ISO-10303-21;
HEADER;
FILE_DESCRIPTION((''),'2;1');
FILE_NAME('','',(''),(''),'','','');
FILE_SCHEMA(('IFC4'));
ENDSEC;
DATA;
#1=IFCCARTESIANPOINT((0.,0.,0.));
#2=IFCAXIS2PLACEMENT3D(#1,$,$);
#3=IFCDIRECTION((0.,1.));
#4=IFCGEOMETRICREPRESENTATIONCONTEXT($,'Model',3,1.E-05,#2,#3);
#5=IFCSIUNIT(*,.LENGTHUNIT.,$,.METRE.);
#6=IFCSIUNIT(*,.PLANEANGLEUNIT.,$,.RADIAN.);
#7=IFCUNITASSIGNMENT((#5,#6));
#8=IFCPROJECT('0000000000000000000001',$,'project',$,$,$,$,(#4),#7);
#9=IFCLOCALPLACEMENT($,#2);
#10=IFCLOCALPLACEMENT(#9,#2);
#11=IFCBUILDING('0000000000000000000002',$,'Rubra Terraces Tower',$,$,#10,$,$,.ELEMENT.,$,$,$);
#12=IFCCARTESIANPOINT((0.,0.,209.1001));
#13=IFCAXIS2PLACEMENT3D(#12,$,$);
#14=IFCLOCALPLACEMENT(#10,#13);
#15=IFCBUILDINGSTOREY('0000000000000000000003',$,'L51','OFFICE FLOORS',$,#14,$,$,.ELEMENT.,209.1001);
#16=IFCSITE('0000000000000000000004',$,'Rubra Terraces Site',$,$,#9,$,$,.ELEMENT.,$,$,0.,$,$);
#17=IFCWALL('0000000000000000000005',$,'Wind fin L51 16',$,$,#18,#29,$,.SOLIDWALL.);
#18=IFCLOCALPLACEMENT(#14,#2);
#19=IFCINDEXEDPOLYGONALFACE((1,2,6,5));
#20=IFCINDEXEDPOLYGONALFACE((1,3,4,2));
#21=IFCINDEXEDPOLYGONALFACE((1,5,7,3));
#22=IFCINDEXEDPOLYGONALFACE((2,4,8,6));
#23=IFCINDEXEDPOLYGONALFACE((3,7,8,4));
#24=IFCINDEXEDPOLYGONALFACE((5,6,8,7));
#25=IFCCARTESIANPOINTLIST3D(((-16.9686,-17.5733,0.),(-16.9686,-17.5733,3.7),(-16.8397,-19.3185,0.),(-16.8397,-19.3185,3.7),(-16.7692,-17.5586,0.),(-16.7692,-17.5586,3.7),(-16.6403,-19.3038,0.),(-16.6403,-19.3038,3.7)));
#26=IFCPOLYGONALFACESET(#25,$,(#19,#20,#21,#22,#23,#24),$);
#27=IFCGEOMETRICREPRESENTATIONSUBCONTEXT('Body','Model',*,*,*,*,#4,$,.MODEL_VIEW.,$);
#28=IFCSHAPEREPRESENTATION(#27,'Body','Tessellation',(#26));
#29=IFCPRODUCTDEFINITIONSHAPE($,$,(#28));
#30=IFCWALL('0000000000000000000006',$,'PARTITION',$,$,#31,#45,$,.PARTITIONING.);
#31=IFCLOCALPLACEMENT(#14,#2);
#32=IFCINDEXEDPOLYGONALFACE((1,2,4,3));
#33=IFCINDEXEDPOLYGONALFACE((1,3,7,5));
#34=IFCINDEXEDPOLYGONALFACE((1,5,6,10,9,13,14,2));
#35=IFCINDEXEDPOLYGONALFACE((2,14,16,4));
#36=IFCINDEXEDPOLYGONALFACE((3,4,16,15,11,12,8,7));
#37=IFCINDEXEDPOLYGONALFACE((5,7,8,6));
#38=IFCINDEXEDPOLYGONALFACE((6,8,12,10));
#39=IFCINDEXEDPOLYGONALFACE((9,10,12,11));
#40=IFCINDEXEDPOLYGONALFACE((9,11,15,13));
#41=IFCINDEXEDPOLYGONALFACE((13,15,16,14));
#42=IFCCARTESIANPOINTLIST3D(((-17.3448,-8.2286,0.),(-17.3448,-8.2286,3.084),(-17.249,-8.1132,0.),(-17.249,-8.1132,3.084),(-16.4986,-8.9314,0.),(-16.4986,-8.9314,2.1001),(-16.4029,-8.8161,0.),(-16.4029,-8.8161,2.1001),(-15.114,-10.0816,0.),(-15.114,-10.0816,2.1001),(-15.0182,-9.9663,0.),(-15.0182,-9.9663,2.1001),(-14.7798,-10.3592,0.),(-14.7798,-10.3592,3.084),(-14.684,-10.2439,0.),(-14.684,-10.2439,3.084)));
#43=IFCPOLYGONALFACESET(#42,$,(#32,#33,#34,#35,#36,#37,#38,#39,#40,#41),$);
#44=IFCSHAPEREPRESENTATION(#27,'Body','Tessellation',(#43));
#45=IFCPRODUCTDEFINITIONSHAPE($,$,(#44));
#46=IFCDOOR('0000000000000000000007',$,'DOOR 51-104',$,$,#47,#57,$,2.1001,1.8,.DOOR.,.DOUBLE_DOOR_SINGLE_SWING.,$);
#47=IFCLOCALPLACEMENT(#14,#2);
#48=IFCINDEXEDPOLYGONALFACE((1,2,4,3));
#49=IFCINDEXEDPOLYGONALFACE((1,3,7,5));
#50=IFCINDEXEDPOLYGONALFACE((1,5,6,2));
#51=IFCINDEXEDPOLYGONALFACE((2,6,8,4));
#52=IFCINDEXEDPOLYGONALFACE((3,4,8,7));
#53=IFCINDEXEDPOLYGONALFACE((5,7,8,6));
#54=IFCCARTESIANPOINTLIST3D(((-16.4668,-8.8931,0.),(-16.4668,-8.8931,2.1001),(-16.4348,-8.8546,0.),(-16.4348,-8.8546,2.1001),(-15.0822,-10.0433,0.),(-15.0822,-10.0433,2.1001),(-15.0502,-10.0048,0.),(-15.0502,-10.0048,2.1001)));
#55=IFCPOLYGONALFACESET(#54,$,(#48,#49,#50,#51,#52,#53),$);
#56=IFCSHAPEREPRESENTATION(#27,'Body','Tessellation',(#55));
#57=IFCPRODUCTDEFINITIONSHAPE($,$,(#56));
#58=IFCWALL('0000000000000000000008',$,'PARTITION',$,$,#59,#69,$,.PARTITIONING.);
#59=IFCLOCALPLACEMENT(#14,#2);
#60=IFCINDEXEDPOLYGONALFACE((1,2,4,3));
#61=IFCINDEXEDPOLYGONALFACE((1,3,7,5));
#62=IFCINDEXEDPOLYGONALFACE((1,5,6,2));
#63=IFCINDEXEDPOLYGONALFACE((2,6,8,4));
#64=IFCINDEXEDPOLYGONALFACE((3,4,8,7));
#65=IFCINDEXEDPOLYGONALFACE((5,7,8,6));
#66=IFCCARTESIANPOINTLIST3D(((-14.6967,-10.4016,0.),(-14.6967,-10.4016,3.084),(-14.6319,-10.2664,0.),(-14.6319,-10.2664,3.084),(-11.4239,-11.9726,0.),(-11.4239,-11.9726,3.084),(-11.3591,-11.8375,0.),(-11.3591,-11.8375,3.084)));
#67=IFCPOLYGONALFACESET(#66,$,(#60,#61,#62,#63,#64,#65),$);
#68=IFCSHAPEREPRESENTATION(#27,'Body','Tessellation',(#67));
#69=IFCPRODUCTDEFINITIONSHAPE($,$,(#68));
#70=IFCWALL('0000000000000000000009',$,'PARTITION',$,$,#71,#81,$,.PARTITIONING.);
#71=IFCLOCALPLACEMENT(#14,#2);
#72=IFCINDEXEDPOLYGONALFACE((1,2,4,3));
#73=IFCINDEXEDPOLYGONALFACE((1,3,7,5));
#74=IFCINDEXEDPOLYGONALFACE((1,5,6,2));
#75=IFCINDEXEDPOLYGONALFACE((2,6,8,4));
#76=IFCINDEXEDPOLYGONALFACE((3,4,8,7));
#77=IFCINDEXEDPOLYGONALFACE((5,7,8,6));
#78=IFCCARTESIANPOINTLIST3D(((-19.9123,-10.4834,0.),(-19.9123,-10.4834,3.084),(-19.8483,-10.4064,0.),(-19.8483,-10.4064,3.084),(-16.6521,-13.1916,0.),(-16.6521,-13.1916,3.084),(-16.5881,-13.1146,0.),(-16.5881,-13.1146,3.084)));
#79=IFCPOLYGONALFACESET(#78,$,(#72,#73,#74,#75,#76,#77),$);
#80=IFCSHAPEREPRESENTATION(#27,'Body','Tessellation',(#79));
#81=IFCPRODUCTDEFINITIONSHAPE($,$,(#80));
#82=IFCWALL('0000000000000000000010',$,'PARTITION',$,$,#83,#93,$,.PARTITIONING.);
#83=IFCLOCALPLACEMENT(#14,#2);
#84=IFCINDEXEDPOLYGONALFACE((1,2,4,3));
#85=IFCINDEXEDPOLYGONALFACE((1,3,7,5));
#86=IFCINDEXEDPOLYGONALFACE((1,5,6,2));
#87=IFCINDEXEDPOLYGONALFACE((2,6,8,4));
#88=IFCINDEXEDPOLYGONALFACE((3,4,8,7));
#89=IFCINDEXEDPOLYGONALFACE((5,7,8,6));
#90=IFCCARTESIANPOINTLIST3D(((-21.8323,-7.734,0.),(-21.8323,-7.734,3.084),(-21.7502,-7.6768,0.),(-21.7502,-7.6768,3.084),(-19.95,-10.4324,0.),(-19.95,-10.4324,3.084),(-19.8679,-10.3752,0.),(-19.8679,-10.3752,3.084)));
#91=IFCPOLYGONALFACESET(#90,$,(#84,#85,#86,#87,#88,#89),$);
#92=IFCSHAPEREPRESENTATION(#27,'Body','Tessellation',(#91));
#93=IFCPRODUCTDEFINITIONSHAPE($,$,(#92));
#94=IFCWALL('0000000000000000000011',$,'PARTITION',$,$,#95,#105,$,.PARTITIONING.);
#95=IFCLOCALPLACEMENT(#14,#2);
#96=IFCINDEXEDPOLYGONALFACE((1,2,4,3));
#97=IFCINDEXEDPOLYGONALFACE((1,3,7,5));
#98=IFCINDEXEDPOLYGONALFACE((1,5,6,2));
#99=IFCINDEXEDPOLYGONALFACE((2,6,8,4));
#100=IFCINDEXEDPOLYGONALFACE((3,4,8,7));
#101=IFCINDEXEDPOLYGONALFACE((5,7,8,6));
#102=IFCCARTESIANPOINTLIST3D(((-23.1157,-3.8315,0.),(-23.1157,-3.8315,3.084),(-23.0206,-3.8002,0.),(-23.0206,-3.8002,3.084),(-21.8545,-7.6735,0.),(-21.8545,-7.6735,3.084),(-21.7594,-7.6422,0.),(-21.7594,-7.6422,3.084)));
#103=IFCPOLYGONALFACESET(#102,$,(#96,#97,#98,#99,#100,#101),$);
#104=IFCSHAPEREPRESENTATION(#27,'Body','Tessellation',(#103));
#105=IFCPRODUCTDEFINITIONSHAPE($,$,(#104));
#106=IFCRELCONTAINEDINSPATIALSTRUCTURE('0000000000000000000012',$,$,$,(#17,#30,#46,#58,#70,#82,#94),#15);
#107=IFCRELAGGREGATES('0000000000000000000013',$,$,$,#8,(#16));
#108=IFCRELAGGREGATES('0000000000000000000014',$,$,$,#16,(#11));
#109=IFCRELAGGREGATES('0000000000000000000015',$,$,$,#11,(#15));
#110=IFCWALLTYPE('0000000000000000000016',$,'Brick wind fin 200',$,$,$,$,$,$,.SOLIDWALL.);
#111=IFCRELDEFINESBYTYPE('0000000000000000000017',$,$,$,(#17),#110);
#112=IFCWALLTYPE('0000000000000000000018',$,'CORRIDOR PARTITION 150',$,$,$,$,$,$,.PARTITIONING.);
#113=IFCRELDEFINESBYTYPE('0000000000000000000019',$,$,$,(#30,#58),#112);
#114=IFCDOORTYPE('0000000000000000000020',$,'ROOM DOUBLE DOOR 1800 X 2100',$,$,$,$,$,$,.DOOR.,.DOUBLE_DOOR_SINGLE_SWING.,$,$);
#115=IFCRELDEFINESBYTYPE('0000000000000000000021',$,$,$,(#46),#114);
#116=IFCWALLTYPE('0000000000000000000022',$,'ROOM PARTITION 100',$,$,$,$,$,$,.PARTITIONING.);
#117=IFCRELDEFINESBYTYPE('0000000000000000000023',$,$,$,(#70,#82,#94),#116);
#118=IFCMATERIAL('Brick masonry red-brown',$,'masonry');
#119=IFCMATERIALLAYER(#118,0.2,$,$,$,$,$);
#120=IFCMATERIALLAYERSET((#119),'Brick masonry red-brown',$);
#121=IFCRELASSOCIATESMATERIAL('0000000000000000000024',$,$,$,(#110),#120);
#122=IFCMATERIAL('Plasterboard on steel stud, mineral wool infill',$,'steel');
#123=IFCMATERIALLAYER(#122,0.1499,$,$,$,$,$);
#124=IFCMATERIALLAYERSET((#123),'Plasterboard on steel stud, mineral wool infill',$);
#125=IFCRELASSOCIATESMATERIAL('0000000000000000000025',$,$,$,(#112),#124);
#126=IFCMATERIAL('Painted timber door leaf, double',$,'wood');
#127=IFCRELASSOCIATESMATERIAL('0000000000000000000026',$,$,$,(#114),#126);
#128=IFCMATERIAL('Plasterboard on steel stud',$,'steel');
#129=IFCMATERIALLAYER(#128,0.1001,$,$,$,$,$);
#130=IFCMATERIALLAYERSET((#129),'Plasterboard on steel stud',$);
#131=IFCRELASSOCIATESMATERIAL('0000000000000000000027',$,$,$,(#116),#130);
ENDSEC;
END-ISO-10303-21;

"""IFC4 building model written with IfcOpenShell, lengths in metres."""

from ifc_helpers import new_model, si_unit, direction, frame, frame_2d, origin, place, context, subcontext, project, spatial, rectangle, extrude, material, layer, layer_set, type_object, element, fill, save


model = new_model("IFC4")

# Units and contexts
model_context = context("Model", 3, precision=1e-05, world=origin(), true_north=direction((0.0, 1.0)))
body_context = subcontext(model_context, "Body", "Model", "MODEL_VIEW")
ifc_project = project(units=[si_unit("LENGTHUNIT", "METRE"), si_unit("PLANEANGLEUNIT", "RADIAN")], contexts=[model_context])

# Site, building, storey
site_placement = place(None, origin())
site = spatial("IfcSite", under=ifc_project, at=site_placement, Name="Rubra Terraces Site", CompositionType="ELEMENT", RefElevation=0.0)
building_placement = place(site_placement, origin())
building = spatial("IfcBuilding", under=site, at=building_placement, Name="Rubra Terraces Tower", CompositionType="ELEMENT")
storey_placement = place(building_placement, frame((0.0, 0.0, 209.1001)))
storey = spatial("IfcBuildingStorey", under=building, at=storey_placement, Name="L51", Description="OFFICE FLOORS", CompositionType="ELEMENT", Elevation=209.1001)

# Shared definitions
ifc_material_1 = material(Name="Brick masonry red-brown", Category="masonry")

# Wall
ifc_layer_1 = layer(ifc_material_1, 0.2)
ifc_layer_set_1 = layer_set([ifc_layer_1], Name="Brick masonry red-brown")
wall_type_1 = type_object("IfcWallType", Name="Brick wind fin 200", PredefinedType="SOLIDWALL", material=ifc_layer_set_1)
wall_1_placement = place(storey_placement, frame((-16.8689, -17.5659, 0.0), z_axis=(0.0, 0.0, 1.0), x_axis=(0.073656, -0.997284, 0.0)))
element("IfcWall", 1, at=wall_1_placement, inside=storey, type_object=wall_type_1, Name="Wind fin L51 16", PredefinedType="SOLIDWALL", context=body_context, shape_type="SweptSolid", body=[
    extrude(rectangle(XDim=1.75, YDim=0.2, at=frame_2d((0.875, 0.0))), origin(), (0.0, 0.0, 1.0), 3.7),
])

# Wall, opening, door
ifc_material_2 = material(Name="Plasterboard on steel stud, mineral wool infill", Category="steel")
ifc_layer_2 = layer(ifc_material_2, 0.1499)
ifc_layer_set_2 = layer_set([ifc_layer_2], Name="Plasterboard on steel stud, mineral wool infill")
wall_type_2 = type_object("IfcWallType", Name="CORRIDOR PARTITION 150", PredefinedType="PARTITIONING", material=ifc_layer_set_2)
wall_2_placement = place(storey_placement, frame((-17.2969, -8.1709, 0.0), z_axis=(0.0, 0.0, 1.0), x_axis=(0.769229, -0.638974, 0.0)))
wall_2 = element("IfcWall", 2, at=wall_2_placement, inside=storey, type_object=wall_type_2, Name="PARTITION", PredefinedType="PARTITIONING", context=body_context, shape_type="SweptSolid", body=[
    extrude(rectangle(XDim=3.3345, YDim=0.1499, at=frame_2d((1.6672, 0.0))), origin(), (0.0, 0.0, 1.0), 3.084),
])
opening_1_placement = place(wall_2_placement, frame((1.1001, 0.0, 0.0)))
opening_1 = element("IfcOpeningElement", 3, at=opening_1_placement, cuts=wall_2, PredefinedType="OPENING", context=body_context, shape_type="SweptSolid", body=[
    extrude(rectangle(XDim=1.8, YDim=2.1001, at=frame_2d((0.8999, 1.05))), frame((0.0, 0.085, 0.0), z_axis=(0.0, -1.0, 0.0), x_axis=(1.0, 0.0, 0.0)), (0.0, 0.0, 1.0), 0.1699),
])
ifc_material_3 = material(Name="Painted timber door leaf, double", Category="wood")
door_type = type_object("IfcDoorType", Name="ROOM DOUBLE DOOR 1800 X 2100", OperationType="DOUBLE_DOOR_SINGLE_SWING", PredefinedType="DOOR", material=ifc_material_3)
door_placement = place(opening_1_placement, origin())
door = element("IfcDoor", 4, at=door_placement, inside=storey, type_object=door_type, Name="DOOR 51-104", OperationType="DOUBLE_DOOR_SINGLE_SWING", OverallHeight=2.1001, OverallWidth=1.8, PredefinedType="DOOR", context=body_context, shape_type="SweptSolid", body=[
    extrude(rectangle(XDim=1.8, YDim=2.1001, at=frame_2d((0.8999, 1.05))), frame((0.0, 0.0249, 0.0), z_axis=(0.0, -1.0, 0.0), x_axis=(1.0, 0.0, 0.0)), (0.0, 0.0, 1.0), 0.05),
])
fill(opening_1, door)

# Walls
wall_3_placement = place(storey_placement, frame((-14.6643, -10.334, 0.0), z_axis=(0.0, 0.0, 1.0), x_axis=(0.901507, -0.432764, 0.0)))
element("IfcWall", 5, at=wall_3_placement, inside=storey, type_object=wall_type_2, Name="PARTITION", PredefinedType="PARTITIONING", context=body_context, shape_type="SweptSolid", body=[
    extrude(rectangle(XDim=3.6304, YDim=0.1499, at=frame_2d((1.8152, 0.0))), origin(), (0.0, 0.0, 1.0), 3.084),
])
ifc_material_4 = material(Name="Plasterboard on steel stud", Category="steel")
ifc_layer_3 = layer(ifc_material_4, 0.1001)
ifc_layer_set_3 = layer_set([ifc_layer_3], Name="Plasterboard on steel stud")
wall_type_3 = type_object("IfcWallType", Name="ROOM PARTITION 100", PredefinedType="PARTITIONING", material=ifc_layer_set_3)
wall_4_placement = place(storey_placement, frame((-16.6201, -13.1531, 0.0), z_axis=(0.0, 0.0, 1.0), x_axis=(-0.769221, 0.638982, 0.0)))
element("IfcWall", 6, at=wall_4_placement, inside=storey, type_object=wall_type_3, Name="PARTITION", PredefinedType="PARTITIONING", context=body_context, shape_type="SweptSolid", body=[
    extrude(rectangle(XDim=4.2383, YDim=0.1001, at=frame_2d((2.1191, 0.0))), origin(), (0.0, 0.0, 1.0), 3.084),
])
wall_5_placement = place(storey_placement, frame((-19.9089, -10.4038, 0.0), z_axis=(0.0, 0.0, 1.0), x_axis=(-0.572112, 0.820176, 0.0)))
element("IfcWall", 7, at=wall_5_placement, inside=storey, type_object=wall_type_3, Name="PARTITION", PredefinedType="PARTITIONING", context=body_context, shape_type="SweptSolid", body=[
    extrude(rectangle(XDim=3.29, YDim=0.1001, at=frame_2d((1.645, 0.0))), origin(), (0.0, 0.0, 1.0), 3.084),
])
wall_6_placement = place(storey_placement, frame((-21.8069, -7.658, 0.0), z_axis=(0.0, 0.0, 1.0), x_axis=(-0.311896, 0.950116, 0.0)))
element("IfcWall", 8, at=wall_6_placement, inside=storey, type_object=wall_type_3, Name="PARTITION", PredefinedType="PARTITIONING", context=body_context, shape_type="SweptSolid", body=[
    extrude(rectangle(XDim=4.0437, YDim=0.1001, at=frame_2d((2.022, 0.0))), origin(), (0.0, 0.0, 1.0), 3.084),
])

save(model, "model.ifc")
